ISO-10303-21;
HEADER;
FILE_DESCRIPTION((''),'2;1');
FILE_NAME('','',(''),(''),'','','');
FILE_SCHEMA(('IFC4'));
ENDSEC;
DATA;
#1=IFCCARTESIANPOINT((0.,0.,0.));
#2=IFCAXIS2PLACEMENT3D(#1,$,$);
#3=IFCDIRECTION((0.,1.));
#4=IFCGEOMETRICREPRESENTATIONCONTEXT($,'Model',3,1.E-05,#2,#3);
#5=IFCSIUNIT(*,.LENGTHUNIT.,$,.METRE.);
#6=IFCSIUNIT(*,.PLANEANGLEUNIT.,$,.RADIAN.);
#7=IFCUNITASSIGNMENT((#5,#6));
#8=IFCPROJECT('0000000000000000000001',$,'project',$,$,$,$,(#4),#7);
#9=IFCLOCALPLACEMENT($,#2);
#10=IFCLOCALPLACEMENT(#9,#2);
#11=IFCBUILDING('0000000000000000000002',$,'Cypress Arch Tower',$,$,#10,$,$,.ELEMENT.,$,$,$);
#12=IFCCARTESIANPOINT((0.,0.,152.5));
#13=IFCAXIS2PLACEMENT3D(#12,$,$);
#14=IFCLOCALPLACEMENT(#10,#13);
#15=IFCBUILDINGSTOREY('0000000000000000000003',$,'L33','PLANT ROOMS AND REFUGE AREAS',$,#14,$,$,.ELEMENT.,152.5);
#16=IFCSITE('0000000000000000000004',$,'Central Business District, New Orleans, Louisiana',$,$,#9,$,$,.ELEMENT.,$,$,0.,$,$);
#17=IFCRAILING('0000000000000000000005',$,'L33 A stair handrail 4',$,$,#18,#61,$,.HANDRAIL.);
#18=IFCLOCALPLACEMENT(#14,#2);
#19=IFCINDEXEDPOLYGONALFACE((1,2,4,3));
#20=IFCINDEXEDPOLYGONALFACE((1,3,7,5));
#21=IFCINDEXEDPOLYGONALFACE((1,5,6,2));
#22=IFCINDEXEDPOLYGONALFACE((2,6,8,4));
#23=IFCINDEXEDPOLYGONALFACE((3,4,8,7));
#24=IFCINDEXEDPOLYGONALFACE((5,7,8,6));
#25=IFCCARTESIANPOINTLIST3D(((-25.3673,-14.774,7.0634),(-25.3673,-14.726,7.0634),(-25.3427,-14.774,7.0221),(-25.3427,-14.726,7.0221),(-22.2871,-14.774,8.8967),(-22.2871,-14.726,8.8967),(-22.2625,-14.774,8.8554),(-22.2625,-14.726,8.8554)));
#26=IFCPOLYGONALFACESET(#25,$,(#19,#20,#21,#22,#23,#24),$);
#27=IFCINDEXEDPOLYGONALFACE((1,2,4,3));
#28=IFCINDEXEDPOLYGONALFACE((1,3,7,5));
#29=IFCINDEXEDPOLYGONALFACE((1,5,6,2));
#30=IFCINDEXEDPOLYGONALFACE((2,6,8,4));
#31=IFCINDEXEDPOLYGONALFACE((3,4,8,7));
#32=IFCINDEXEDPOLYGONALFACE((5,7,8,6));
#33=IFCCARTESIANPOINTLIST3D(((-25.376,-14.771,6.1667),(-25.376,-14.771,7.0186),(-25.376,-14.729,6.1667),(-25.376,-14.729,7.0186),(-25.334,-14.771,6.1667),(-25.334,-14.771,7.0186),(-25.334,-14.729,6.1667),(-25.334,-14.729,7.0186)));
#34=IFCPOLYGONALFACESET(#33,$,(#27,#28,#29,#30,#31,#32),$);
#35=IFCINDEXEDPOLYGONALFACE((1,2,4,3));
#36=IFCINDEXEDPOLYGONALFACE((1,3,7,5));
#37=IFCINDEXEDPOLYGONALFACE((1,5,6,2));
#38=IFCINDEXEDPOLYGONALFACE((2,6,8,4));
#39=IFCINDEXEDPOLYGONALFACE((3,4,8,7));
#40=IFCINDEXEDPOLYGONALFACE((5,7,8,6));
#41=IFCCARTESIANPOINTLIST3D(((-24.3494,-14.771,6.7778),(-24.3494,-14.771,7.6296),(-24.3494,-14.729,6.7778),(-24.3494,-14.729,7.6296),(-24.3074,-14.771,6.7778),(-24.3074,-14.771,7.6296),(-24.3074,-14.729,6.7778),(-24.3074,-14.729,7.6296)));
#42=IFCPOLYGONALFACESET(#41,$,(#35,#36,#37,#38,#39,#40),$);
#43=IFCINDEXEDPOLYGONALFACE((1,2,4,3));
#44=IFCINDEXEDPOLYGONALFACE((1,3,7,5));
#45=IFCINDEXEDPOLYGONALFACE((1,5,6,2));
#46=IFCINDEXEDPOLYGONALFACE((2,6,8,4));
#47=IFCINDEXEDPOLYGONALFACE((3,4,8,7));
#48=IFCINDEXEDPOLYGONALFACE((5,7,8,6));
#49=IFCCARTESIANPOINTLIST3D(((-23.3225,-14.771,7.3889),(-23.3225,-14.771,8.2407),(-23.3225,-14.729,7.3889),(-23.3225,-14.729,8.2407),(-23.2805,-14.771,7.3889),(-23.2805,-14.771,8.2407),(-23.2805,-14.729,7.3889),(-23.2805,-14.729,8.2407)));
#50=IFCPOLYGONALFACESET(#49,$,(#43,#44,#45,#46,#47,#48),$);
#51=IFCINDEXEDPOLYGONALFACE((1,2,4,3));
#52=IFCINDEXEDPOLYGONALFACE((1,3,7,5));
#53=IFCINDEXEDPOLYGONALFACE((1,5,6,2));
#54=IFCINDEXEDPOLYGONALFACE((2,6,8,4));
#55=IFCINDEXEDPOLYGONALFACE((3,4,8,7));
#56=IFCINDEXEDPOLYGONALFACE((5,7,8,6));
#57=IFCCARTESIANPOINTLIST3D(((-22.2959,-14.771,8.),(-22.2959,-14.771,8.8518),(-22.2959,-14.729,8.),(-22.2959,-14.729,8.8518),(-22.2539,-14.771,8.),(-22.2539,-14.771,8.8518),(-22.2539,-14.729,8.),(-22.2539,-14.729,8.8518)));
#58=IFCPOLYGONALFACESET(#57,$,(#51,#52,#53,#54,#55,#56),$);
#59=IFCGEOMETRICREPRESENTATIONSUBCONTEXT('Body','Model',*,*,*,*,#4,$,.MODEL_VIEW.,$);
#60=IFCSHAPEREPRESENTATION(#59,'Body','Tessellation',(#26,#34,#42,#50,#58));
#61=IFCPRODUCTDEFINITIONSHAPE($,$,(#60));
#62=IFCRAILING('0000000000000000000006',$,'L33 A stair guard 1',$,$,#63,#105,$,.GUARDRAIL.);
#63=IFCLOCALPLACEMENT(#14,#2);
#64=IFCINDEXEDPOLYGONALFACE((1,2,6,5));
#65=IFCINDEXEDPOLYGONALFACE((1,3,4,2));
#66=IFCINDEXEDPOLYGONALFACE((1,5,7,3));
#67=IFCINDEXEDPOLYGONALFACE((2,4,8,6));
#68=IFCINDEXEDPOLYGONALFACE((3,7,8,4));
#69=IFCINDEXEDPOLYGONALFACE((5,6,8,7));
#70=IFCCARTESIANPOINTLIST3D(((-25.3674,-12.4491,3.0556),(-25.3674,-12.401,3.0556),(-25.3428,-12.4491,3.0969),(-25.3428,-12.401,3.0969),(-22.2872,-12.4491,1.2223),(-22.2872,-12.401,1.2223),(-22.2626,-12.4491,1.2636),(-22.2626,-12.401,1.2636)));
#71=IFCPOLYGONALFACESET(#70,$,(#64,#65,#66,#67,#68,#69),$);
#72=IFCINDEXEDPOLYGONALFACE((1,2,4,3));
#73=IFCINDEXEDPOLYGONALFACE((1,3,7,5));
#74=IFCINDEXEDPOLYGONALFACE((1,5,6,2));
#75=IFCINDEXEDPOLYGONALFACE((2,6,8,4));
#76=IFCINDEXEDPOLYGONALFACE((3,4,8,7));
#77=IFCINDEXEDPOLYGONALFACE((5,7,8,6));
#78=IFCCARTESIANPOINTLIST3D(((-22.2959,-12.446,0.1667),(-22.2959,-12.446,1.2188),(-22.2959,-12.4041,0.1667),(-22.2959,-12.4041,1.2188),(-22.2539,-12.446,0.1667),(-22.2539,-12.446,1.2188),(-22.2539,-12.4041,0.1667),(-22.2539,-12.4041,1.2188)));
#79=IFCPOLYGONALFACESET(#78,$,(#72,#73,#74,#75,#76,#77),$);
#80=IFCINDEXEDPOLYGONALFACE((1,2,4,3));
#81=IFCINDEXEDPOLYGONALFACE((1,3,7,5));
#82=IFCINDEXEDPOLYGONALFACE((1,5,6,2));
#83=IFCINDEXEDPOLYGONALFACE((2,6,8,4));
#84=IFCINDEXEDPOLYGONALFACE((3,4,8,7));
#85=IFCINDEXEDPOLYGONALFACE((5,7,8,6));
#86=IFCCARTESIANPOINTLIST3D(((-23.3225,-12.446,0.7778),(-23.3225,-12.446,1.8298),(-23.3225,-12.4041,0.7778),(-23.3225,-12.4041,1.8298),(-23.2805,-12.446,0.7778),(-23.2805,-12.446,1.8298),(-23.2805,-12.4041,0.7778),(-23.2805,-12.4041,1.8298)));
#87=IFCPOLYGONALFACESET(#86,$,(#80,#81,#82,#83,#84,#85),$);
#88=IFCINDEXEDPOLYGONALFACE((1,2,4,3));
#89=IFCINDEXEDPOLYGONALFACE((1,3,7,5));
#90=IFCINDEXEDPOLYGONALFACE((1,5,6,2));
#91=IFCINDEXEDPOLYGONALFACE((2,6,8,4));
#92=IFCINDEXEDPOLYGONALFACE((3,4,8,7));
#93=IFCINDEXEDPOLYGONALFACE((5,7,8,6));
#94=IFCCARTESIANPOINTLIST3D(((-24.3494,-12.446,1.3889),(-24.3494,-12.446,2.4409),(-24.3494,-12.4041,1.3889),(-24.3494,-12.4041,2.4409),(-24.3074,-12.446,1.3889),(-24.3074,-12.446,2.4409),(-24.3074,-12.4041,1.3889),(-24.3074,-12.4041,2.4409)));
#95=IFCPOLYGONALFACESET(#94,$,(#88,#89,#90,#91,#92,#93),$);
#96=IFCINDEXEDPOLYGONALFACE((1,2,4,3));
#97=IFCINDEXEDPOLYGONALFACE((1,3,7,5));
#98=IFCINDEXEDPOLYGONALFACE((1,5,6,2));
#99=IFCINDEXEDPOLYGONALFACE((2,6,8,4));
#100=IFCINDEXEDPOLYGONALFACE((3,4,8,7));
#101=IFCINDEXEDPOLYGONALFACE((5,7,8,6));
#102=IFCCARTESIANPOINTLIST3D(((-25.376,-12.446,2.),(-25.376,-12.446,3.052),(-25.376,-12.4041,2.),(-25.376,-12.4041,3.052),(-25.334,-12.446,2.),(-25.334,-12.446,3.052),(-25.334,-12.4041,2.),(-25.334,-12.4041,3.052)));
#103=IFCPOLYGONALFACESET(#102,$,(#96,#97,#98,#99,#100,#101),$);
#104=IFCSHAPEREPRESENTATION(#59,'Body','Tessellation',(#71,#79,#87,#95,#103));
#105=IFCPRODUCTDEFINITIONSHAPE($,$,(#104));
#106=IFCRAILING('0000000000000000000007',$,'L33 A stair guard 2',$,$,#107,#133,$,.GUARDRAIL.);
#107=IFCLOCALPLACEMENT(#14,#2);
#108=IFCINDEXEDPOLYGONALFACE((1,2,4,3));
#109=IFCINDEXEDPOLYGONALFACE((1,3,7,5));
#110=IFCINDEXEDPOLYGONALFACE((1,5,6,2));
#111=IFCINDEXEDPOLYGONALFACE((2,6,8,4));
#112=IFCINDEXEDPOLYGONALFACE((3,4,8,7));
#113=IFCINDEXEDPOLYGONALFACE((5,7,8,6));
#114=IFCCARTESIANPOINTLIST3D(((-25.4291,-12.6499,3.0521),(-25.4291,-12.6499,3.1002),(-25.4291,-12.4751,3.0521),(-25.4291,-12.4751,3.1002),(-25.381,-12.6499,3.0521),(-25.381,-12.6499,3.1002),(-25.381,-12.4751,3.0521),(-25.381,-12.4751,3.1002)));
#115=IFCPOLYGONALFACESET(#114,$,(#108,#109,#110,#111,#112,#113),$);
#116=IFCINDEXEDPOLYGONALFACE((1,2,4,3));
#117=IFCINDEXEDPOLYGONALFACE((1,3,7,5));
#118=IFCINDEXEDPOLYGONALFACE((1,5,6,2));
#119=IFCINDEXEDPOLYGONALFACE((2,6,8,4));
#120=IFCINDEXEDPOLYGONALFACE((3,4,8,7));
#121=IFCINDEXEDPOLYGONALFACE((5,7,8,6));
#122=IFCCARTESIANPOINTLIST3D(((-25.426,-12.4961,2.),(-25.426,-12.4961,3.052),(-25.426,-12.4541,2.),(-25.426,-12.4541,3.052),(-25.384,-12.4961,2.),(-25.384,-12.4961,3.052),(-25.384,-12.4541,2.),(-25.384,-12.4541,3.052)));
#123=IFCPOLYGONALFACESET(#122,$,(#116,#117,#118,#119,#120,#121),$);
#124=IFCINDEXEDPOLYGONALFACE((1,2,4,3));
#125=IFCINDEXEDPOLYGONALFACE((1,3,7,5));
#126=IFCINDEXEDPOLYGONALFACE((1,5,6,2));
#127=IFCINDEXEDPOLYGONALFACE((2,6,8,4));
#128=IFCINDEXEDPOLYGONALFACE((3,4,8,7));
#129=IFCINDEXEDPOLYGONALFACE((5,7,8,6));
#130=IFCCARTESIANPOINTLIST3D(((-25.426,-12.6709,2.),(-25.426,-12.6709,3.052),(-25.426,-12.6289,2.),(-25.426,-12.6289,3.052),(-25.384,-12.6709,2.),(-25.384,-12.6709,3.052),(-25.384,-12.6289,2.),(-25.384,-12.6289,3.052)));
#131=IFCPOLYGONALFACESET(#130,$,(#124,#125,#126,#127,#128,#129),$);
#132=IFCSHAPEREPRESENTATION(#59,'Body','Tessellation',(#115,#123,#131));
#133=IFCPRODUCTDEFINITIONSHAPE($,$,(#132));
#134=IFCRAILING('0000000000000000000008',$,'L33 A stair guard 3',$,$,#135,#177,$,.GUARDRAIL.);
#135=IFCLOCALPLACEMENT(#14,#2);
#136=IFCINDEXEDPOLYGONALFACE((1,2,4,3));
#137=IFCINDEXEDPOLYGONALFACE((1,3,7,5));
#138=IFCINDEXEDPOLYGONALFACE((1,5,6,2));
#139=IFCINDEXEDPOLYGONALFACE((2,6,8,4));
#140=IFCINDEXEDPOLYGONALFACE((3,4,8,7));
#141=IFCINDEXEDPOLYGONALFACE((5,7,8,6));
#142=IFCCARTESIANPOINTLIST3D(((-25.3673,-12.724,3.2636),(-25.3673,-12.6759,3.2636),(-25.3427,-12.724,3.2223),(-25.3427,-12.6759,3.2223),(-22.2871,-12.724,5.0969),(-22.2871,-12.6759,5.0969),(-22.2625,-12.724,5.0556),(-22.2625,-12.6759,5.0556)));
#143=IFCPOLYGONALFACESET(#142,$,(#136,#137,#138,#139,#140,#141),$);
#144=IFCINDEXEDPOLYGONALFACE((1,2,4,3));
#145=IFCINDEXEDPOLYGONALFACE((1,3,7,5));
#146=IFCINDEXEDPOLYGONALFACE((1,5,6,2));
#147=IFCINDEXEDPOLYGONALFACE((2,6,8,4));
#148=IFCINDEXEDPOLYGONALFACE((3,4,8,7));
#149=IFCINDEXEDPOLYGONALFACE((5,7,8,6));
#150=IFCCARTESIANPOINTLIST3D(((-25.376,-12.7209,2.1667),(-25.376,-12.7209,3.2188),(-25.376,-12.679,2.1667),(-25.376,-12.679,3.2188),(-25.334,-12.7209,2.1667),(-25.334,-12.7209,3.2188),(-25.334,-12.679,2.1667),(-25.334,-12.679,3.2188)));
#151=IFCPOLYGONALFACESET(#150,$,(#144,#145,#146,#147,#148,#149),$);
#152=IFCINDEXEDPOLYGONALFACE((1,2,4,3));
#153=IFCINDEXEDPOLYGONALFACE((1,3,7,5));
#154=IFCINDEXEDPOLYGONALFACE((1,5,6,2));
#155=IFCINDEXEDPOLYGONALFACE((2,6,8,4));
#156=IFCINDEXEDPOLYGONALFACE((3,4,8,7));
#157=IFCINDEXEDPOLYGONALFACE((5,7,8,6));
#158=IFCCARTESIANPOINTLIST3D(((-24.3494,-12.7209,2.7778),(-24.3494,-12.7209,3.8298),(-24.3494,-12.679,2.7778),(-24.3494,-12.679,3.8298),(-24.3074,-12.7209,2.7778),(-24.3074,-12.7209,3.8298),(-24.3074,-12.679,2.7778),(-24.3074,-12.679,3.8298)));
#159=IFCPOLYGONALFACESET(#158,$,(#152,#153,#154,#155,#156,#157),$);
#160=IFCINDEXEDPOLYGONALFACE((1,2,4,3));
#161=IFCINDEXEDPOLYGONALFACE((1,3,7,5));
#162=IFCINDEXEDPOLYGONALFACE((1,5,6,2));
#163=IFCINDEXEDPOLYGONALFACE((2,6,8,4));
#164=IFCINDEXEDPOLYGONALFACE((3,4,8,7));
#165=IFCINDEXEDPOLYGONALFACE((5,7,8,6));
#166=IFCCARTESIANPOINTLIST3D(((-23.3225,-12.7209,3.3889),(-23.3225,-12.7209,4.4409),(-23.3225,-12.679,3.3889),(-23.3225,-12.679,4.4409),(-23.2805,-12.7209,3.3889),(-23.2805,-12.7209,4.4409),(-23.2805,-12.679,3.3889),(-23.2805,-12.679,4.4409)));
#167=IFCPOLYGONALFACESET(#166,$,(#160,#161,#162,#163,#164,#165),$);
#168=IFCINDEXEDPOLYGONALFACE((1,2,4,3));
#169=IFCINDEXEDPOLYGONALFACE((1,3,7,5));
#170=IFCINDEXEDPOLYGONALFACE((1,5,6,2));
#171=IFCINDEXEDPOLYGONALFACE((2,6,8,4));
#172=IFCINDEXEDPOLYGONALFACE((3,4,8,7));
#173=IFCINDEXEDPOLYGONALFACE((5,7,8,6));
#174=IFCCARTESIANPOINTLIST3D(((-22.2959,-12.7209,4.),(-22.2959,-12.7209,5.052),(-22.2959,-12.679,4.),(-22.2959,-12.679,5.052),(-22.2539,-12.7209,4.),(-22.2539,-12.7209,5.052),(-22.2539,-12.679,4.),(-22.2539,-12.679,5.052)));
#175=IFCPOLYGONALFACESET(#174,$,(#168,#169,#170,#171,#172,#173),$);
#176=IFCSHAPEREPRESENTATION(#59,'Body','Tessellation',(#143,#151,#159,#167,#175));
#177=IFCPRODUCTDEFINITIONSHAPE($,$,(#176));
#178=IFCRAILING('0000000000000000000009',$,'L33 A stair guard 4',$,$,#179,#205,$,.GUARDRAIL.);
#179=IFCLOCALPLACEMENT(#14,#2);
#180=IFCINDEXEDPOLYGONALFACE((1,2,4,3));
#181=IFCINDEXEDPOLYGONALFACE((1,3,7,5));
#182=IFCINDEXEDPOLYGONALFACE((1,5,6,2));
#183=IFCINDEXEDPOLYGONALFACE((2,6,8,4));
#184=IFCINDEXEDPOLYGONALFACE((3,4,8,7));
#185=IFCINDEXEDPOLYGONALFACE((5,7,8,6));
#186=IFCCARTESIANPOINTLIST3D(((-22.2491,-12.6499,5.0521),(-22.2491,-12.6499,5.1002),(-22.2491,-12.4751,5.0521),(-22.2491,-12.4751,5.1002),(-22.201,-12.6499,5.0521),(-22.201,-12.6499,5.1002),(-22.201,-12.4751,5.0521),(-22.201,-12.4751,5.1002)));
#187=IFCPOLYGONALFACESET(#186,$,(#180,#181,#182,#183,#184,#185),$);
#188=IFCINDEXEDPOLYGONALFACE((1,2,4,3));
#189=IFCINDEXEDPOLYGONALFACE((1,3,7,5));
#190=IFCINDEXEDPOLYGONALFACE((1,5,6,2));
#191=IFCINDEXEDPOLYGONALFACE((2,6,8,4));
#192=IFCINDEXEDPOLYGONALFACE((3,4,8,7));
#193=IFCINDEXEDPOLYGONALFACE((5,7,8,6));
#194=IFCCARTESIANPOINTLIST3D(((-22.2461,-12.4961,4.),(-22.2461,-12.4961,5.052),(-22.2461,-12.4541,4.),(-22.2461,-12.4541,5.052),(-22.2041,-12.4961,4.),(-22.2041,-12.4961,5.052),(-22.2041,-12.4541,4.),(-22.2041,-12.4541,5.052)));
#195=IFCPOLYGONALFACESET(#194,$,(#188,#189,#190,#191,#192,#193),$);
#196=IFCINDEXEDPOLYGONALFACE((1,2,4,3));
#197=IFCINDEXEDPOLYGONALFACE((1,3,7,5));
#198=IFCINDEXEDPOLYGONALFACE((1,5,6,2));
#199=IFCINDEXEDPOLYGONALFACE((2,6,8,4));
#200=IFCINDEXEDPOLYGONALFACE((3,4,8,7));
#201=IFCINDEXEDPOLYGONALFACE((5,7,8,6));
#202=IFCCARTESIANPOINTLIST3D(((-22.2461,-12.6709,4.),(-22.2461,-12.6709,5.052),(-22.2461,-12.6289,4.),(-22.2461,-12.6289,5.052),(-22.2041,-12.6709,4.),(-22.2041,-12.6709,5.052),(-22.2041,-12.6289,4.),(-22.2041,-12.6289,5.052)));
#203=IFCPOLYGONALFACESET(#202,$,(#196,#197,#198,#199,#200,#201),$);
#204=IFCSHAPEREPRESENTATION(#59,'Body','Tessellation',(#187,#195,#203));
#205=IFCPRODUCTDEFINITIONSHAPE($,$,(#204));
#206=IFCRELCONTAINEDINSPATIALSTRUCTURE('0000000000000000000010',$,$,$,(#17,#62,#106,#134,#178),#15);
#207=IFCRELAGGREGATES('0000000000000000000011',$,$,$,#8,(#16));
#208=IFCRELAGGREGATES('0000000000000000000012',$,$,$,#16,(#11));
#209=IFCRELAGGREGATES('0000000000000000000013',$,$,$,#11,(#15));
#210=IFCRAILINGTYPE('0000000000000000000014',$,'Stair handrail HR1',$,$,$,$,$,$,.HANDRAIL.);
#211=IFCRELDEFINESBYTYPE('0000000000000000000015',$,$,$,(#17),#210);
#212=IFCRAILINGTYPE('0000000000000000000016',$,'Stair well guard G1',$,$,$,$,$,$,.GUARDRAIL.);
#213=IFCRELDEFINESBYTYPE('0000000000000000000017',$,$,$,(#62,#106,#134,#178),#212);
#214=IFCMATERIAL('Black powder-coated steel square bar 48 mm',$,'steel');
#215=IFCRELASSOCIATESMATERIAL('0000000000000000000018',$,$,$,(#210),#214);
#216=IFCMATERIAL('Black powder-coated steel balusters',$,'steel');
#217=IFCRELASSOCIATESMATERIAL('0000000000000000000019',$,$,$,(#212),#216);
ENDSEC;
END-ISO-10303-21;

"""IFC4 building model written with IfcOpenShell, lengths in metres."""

from ifc_helpers import new_model, si_unit, direction, frame, origin, origin_2d, place, context, subcontext, project, spatial, rectangle, extrude, material, type_object, element, save


model = new_model("IFC4")

# Units and contexts
model_context = context("Model", 3, precision=1e-05, world=origin(), true_north=direction((0.0, 1.0)))
body_context = subcontext(model_context, "Body", "Model", "MODEL_VIEW")
ifc_project = project(units=[si_unit("LENGTHUNIT", "METRE"), si_unit("PLANEANGLEUNIT", "RADIAN")], contexts=[model_context])

# Site, building, storey
site_placement = place(None, origin())
site = spatial("IfcSite", under=ifc_project, at=site_placement, Name="Central Business District, New Orleans, Louisiana", CompositionType="ELEMENT", RefElevation=0.0)
building_placement = place(site_placement, origin())
building = spatial("IfcBuilding", under=site, at=building_placement, Name="Cypress Arch Tower", CompositionType="ELEMENT")
storey_placement = place(building_placement, frame((0.0, 0.0, 152.5)))
storey = spatial("IfcBuildingStorey", under=building, at=storey_placement, Name="L33", Description="PLANT ROOMS AND REFUGE AREAS", CompositionType="ELEMENT", Elevation=152.5)

# Railings
ifc_material_1 = material(Name="Black powder-coated steel square bar 48 mm", Category="steel")
railing_type_1 = type_object("IfcRailingType", Name="Stair handrail HR1", PredefinedType="HANDRAIL", material=ifc_material_1)
railing_1_placement = place(storey_placement, frame((-25.355, -14.75, 6.1667)))
element("IfcRailing", 1, at=railing_1_placement, inside=storey, type_object=railing_type_1, Name="L33 A stair handrail 4", PredefinedType="HANDRAIL", context=body_context, shape_type="SweptSolid", body=[
    extrude(rectangle(XDim=0.0481, YDim=0.0481, at=origin_2d()), frame((0.0, 0.0, 0.876), z_axis=(0.859309, 0.0, 0.511458), x_axis=(0.0, 1.0, 0.0)), (0.0, 0.0, 1.0), 3.5845),
    extrude(rectangle(XDim=0.042, YDim=0.042, at=origin_2d()), origin(), (0.0, 0.0, 1.0), 0.8518),
    extrude(rectangle(XDim=0.042, YDim=0.042, at=origin_2d()), frame((1.0266, 0.0, 0.6111)), (0.0, 0.0, 1.0), 0.8518),
    extrude(rectangle(XDim=0.042, YDim=0.042, at=origin_2d()), frame((2.0535, 0.0, 1.2222)), (0.0, 0.0, 1.0), 0.8518),
    extrude(rectangle(XDim=0.042, YDim=0.042, at=origin_2d()), frame((3.0801, 0.0, 1.8333)), (0.0, 0.0, 1.0), 0.8518),
])
ifc_material_2 = material(Name="Black powder-coated steel balusters", Category="steel")
railing_type_2 = type_object("IfcRailingType", Name="Stair well guard G1", PredefinedType="GUARDRAIL", material=ifc_material_2)
railing_2_placement = place(storey_placement, frame((-22.2749, -12.425, 0.1667)))
element("IfcRailing", 2, at=railing_2_placement, inside=storey, type_object=railing_type_2, Name="L33 A stair guard 1", PredefinedType="GUARDRAIL", context=body_context, shape_type="SweptSolid", body=[
    extrude(rectangle(XDim=0.0481, YDim=0.0481, at=origin_2d()), frame((0.0, 0.0, 1.0762), z_axis=(-0.859309, 0.0, 0.511458), x_axis=(0.0, -1.0, 0.0)), (0.0, 0.0, 1.0), 3.5845),
    extrude(rectangle(XDim=0.042, YDim=0.042, at=origin_2d()), origin(), (0.0, 0.0, 1.0), 1.052),
    extrude(rectangle(XDim=0.042, YDim=0.042, at=origin_2d()), frame((-1.0266, 0.0, 0.6111)), (0.0, 0.0, 1.0), 1.052),
    extrude(rectangle(XDim=0.042, YDim=0.042, at=origin_2d()), frame((-2.0535, 0.0, 1.2222)), (0.0, 0.0, 1.0), 1.052),
    extrude(rectangle(XDim=0.042, YDim=0.042, at=origin_2d()), frame((-3.0801, 0.0, 1.8333)), (0.0, 0.0, 1.0), 1.052),
])
railing_3_placement = place(storey_placement, frame((-25.405, -12.4751, 2.0)))
element("IfcRailing", 3, at=railing_3_placement, inside=storey, type_object=railing_type_2, Name="L33 A stair guard 2", PredefinedType="GUARDRAIL", context=body_context, shape_type="SweptSolid", body=[
    extrude(rectangle(XDim=0.0481, YDim=0.0481, at=origin_2d()), frame((0.0, 0.0, 1.0762), z_axis=(0.0, -1.0, 0.0), x_axis=(1.0, 0.0, 0.0)), (0.0, 0.0, 1.0), 0.1748),
    extrude(rectangle(XDim=0.042, YDim=0.042, at=origin_2d()), origin(), (0.0, 0.0, 1.0), 1.052),
    extrude(rectangle(XDim=0.042, YDim=0.042, at=origin_2d()), frame((0.0, -0.1748, 0.0)), (0.0, 0.0, 1.0), 1.052),
])
railing_4_placement = place(storey_placement, frame((-25.355, -12.7, 2.1667)))
element("IfcRailing", 4, at=railing_4_placement, inside=storey, type_object=railing_type_2, Name="L33 A stair guard 3", PredefinedType="GUARDRAIL", context=body_context, shape_type="SweptSolid", body=[
    extrude(rectangle(XDim=0.0481, YDim=0.0481, at=origin_2d()), frame((0.0, 0.0, 1.0762), z_axis=(0.859309, 0.0, 0.511458), x_axis=(0.0, 1.0, 0.0)), (0.0, 0.0, 1.0), 3.5845),
    extrude(rectangle(XDim=0.042, YDim=0.042, at=origin_2d()), origin(), (0.0, 0.0, 1.0), 1.052),
    extrude(rectangle(XDim=0.042, YDim=0.042, at=origin_2d()), frame((1.0266, 0.0, 0.6111)), (0.0, 0.0, 1.0), 1.052),
    extrude(rectangle(XDim=0.042, YDim=0.042, at=origin_2d()), frame((2.0535, 0.0, 1.2222)), (0.0, 0.0, 1.0), 1.052),
    extrude(rectangle(XDim=0.042, YDim=0.042, at=origin_2d()), frame((3.0801, 0.0, 1.8333)), (0.0, 0.0, 1.0), 1.052),
])
railing_5_placement = place(storey_placement, frame((-22.2251, -12.4751, 4.0)))
element("IfcRailing", 5, at=railing_5_placement, inside=storey, type_object=railing_type_2, Name="L33 A stair guard 4", PredefinedType="GUARDRAIL", context=body_context, shape_type="SweptSolid", body=[
    extrude(rectangle(XDim=0.0481, YDim=0.0481, at=origin_2d()), frame((0.0, 0.0, 1.0762), z_axis=(0.0, -1.0, 0.0), x_axis=(1.0, 0.0, 0.0)), (0.0, 0.0, 1.0), 0.1748),
    extrude(rectangle(XDim=0.042, YDim=0.042, at=origin_2d()), origin(), (0.0, 0.0, 1.0), 1.052),
    extrude(rectangle(XDim=0.042, YDim=0.042, at=origin_2d()), frame((0.0, -0.1748, 0.0)), (0.0, 0.0, 1.0), 1.052),
])

save(model, "model.ifc")
